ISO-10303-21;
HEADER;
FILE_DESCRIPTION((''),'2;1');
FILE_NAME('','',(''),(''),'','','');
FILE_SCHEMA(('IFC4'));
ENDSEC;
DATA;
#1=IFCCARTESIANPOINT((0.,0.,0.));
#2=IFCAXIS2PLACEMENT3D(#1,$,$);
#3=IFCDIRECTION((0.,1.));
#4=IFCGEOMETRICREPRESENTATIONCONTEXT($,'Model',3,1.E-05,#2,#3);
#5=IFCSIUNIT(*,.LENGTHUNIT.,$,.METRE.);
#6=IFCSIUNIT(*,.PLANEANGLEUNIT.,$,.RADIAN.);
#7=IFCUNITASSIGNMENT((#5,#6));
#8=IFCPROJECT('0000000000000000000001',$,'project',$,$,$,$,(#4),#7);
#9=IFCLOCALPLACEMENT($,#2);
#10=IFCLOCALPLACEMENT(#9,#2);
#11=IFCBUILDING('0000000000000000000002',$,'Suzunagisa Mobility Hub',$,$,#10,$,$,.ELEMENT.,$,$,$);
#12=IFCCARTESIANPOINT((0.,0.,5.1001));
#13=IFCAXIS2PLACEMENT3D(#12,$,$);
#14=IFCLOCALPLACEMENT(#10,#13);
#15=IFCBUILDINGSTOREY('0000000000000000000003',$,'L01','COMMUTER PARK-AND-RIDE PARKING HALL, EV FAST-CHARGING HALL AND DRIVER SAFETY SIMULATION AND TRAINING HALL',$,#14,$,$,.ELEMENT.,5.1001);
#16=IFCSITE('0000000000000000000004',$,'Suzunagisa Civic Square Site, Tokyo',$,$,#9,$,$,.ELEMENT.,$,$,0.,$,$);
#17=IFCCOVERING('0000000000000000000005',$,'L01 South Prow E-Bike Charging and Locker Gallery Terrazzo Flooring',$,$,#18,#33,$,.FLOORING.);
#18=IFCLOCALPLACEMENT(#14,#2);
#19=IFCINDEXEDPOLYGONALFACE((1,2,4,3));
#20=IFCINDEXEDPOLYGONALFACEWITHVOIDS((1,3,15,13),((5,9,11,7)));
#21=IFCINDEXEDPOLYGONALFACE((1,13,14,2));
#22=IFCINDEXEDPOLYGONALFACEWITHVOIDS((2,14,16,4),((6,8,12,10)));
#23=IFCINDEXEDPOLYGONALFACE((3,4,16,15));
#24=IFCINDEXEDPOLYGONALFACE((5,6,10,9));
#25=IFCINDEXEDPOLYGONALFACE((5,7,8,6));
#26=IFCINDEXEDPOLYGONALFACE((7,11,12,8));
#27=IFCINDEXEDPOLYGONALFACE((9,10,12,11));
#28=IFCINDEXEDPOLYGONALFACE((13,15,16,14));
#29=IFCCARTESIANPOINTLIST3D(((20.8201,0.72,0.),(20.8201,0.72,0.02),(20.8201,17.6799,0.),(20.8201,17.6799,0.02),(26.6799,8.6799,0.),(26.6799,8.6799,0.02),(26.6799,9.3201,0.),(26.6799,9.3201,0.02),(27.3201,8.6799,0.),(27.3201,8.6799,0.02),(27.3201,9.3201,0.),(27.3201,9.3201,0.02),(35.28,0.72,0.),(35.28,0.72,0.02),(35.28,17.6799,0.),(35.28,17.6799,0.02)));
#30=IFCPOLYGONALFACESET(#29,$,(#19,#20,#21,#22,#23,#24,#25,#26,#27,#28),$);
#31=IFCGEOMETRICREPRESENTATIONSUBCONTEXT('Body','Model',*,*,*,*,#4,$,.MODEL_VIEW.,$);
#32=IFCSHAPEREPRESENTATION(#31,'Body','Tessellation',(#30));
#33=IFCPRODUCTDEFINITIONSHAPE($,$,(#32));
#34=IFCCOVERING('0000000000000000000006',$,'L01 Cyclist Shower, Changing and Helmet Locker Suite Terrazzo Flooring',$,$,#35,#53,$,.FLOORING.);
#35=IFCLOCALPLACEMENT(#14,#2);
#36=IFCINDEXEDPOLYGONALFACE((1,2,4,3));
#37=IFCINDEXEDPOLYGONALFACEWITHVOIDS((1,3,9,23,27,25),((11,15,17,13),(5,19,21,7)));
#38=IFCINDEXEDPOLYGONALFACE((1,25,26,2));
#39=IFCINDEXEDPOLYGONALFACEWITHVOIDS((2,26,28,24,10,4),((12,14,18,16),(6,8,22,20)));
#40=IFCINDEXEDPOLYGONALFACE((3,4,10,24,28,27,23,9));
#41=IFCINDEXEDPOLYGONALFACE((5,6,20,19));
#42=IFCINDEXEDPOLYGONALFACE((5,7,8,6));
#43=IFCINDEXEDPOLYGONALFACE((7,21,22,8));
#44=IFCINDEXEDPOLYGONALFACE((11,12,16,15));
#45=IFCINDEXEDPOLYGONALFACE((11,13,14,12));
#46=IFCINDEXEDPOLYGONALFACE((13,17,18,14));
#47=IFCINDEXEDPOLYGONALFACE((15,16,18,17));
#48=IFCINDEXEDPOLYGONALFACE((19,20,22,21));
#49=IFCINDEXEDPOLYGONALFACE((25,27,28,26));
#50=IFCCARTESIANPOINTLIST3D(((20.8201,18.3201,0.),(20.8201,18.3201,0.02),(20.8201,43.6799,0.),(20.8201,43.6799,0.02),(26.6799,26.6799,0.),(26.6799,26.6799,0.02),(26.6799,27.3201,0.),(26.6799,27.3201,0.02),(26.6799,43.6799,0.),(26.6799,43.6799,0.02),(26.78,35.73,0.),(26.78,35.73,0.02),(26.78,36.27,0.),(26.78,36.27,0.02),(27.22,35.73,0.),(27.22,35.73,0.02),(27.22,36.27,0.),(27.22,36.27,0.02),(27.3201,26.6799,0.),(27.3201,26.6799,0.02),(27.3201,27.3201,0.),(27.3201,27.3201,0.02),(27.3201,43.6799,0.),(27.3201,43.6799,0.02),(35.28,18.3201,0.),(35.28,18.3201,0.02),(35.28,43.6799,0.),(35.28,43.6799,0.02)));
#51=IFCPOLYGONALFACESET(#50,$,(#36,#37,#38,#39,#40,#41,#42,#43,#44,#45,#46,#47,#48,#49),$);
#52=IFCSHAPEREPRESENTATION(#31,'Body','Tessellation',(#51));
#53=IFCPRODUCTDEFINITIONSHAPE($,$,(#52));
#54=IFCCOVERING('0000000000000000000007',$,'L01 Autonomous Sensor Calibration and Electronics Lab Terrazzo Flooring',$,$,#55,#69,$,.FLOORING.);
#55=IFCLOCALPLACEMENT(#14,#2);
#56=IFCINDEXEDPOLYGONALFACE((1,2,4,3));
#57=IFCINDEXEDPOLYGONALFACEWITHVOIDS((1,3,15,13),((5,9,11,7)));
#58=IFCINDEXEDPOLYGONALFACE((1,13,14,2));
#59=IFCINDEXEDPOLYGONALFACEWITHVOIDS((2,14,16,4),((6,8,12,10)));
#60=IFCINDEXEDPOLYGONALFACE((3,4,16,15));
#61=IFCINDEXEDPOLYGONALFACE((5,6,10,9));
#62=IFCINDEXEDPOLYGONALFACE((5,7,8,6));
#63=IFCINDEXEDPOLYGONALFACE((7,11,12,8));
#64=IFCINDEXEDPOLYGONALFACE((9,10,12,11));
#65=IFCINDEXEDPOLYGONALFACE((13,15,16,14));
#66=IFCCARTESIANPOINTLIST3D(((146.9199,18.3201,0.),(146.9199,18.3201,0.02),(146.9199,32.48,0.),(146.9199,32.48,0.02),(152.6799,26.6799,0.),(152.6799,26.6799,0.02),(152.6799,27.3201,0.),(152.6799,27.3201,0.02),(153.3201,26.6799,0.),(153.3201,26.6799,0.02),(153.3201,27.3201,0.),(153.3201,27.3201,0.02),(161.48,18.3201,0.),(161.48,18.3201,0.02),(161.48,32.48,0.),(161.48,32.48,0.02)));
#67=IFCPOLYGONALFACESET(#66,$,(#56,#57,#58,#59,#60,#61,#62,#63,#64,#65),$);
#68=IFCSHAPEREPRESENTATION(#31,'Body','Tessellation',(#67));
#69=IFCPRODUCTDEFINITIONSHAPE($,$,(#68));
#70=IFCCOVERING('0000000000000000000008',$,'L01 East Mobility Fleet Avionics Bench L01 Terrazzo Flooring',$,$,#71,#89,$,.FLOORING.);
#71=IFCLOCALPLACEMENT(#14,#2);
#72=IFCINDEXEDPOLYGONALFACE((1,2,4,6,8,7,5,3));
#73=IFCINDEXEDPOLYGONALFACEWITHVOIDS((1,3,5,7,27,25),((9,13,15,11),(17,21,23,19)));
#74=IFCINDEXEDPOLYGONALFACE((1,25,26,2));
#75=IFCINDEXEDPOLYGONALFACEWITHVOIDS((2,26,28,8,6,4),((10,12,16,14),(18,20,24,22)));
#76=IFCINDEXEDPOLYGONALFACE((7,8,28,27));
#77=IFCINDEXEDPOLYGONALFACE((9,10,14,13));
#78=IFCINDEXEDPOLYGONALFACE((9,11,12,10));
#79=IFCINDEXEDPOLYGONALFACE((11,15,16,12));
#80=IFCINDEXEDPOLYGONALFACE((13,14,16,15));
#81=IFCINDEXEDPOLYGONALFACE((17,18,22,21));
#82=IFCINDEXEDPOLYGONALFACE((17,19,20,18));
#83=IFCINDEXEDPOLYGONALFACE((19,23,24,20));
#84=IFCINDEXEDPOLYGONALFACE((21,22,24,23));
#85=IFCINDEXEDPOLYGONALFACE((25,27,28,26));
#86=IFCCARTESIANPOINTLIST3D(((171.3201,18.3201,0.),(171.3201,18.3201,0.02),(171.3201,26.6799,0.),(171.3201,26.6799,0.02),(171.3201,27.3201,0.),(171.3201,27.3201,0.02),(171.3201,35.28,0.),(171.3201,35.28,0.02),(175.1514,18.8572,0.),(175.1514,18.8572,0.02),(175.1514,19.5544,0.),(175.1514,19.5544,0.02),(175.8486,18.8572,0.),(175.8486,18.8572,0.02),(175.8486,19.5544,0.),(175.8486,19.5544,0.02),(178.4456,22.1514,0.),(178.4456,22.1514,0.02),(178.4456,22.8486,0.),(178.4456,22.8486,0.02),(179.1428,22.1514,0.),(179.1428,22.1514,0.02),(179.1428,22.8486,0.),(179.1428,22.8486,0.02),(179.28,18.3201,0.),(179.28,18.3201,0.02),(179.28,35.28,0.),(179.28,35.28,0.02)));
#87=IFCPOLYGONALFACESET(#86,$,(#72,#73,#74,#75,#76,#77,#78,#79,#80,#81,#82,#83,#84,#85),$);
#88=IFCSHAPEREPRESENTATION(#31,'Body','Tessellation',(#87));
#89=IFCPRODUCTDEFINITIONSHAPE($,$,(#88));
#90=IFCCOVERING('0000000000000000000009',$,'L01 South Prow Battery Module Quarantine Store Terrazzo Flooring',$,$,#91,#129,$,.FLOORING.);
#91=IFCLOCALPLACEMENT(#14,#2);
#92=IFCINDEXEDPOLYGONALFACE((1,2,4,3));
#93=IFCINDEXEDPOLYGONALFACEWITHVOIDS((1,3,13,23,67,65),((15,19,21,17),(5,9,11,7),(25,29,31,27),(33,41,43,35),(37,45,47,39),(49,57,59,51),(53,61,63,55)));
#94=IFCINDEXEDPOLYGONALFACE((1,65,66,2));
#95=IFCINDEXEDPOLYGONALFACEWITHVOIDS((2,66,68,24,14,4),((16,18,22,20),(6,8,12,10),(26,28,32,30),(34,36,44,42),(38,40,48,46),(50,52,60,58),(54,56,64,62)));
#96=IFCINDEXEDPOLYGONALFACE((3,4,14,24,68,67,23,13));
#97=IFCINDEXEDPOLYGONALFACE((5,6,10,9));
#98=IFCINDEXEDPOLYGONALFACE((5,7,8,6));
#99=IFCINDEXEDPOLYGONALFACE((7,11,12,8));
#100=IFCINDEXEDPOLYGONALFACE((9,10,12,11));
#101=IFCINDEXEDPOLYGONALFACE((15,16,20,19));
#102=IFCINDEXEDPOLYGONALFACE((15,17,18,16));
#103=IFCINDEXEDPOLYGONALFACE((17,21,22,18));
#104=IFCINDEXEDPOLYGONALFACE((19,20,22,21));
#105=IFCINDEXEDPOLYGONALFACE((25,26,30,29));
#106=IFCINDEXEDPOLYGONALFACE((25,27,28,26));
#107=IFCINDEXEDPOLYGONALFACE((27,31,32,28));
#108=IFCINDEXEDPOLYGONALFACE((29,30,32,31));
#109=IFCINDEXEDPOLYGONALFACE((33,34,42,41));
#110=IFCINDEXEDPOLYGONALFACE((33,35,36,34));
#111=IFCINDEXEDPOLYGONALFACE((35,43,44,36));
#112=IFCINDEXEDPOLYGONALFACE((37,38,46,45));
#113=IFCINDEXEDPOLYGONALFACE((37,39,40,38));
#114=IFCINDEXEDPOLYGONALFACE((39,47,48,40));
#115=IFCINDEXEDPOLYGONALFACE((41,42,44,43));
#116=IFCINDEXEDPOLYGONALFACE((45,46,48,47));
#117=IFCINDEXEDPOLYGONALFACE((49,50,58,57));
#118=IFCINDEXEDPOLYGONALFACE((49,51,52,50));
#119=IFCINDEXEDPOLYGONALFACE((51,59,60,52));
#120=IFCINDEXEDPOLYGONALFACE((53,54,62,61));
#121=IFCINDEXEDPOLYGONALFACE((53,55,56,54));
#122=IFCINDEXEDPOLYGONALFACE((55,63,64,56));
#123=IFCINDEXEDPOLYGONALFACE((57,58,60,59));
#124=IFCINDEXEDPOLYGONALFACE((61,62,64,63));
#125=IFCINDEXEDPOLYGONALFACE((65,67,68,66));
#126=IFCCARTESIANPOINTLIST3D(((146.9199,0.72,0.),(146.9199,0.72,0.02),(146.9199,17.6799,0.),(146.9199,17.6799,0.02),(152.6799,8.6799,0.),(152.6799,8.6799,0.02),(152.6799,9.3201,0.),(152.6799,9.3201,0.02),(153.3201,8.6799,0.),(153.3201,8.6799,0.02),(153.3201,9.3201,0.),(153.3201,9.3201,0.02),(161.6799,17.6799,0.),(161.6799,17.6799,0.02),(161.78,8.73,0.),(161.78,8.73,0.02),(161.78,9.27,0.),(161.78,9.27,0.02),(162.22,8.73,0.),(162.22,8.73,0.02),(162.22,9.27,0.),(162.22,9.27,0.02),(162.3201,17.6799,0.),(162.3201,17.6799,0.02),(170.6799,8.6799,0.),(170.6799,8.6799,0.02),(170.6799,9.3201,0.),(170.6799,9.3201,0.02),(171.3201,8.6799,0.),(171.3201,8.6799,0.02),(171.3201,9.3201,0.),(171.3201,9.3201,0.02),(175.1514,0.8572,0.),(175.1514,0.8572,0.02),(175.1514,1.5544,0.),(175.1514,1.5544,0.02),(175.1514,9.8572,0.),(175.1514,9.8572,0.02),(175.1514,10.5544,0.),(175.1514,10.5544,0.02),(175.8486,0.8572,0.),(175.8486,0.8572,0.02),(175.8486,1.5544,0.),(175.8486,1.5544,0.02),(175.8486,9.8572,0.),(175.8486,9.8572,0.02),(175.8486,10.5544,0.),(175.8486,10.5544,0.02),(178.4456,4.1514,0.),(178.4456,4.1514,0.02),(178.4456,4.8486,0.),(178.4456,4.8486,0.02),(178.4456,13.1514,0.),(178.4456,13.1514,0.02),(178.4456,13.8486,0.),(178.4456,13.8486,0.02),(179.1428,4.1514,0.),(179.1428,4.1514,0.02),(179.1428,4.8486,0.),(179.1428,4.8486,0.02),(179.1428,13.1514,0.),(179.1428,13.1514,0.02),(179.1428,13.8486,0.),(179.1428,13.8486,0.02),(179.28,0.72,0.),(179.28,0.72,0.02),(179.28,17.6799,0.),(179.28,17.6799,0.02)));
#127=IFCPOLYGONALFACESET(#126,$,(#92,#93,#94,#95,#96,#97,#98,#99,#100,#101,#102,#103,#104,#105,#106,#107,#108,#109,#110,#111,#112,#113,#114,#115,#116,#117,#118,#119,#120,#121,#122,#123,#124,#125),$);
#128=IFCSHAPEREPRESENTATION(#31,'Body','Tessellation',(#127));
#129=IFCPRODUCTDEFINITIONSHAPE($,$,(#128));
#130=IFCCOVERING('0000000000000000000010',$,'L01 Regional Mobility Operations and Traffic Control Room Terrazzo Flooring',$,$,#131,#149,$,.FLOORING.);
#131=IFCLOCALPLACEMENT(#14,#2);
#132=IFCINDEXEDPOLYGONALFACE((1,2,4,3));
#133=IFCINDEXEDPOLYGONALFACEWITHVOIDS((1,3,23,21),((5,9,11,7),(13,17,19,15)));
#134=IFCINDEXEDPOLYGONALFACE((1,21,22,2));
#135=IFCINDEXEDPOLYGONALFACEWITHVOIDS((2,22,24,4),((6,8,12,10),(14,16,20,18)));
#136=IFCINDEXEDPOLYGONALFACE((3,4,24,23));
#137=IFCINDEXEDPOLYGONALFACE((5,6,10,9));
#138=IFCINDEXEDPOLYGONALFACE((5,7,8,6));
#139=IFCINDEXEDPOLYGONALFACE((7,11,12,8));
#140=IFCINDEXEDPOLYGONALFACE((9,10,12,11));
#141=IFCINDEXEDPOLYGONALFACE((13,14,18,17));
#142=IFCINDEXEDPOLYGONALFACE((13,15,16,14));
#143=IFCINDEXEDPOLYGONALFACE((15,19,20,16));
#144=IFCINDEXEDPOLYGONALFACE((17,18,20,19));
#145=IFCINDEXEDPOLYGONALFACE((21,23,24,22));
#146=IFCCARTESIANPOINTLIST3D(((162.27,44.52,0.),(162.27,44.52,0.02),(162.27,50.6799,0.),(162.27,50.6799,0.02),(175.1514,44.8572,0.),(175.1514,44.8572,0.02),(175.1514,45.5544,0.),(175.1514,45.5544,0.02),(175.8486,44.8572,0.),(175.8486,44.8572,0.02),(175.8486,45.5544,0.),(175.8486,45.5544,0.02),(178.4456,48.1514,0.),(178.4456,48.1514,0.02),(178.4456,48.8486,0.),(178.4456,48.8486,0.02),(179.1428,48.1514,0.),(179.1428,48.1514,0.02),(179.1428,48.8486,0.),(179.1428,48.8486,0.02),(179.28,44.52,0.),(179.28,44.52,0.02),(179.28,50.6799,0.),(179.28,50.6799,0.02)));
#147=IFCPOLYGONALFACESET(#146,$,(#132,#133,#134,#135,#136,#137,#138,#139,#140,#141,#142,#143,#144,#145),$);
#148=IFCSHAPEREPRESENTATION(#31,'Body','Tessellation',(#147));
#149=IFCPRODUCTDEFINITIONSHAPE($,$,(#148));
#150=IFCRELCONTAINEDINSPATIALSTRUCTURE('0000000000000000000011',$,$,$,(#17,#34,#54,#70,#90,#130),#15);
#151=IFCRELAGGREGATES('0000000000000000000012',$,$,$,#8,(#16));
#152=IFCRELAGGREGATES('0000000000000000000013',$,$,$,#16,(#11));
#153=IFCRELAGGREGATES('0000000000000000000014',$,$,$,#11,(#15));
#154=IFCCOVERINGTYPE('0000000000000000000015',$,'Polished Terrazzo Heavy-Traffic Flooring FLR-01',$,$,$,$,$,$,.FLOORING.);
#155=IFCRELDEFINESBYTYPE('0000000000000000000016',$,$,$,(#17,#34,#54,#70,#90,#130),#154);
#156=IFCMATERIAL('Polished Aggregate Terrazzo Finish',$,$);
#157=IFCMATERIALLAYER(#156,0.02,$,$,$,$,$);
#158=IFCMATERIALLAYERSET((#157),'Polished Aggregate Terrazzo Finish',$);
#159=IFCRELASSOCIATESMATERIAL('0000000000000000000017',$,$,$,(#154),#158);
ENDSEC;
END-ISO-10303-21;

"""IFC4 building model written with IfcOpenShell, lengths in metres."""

from ifc_helpers import new_model, si_unit, direction, frame, origin, place, context, subcontext, project, spatial, polyline, outline, extrude, material, layer, layer_set, type_object, element, save


model = new_model("IFC4")

# Units and contexts
model_context = context("Model", 3, precision=1e-05, world=origin(), true_north=direction((0.0, 1.0)))
body_context = subcontext(model_context, "Body", "Model", "MODEL_VIEW")
ifc_project = project(units=[si_unit("LENGTHUNIT", "METRE"), si_unit("PLANEANGLEUNIT", "RADIAN")], contexts=[model_context])

# Site, building, storey
site_placement = place(None, origin())
site = spatial("IfcSite", under=ifc_project, at=site_placement, Name="Suzunagisa Civic Square Site, Tokyo", CompositionType="ELEMENT", RefElevation=0.0)
building_placement = place(site_placement, origin())
building = spatial("IfcBuilding", under=site, at=building_placement, Name="Suzunagisa Mobility Hub", CompositionType="ELEMENT")
storey_placement = place(building_placement, frame((0.0, 0.0, 5.1001)))
storey = spatial("IfcBuildingStorey", under=building, at=storey_placement, Name="L01", Description="COMMUTER PARK-AND-RIDE PARKING HALL, EV FAST-CHARGING HALL AND DRIVER SAFETY SIMULATION AND TRAINING HALL", CompositionType="ELEMENT", Elevation=5.1001)

# Coverings
ifc_material_1 = material(Name="Polished Aggregate Terrazzo Finish")
ifc_layer_1 = layer(ifc_material_1, 0.02)
ifc_layer_set_1 = layer_set([ifc_layer_1], Name="Polished Aggregate Terrazzo Finish")
covering_type = type_object("IfcCoveringType", Name="Polished Terrazzo Heavy-Traffic Flooring FLR-01", PredefinedType="FLOORING", material=ifc_layer_set_1)
covering_1_placement = place(storey_placement, origin())
element("IfcCovering", 1, at=covering_1_placement, inside=storey, type_object=covering_type, Name="L01 South Prow E-Bike Charging and Locker Gallery Terrazzo Flooring", PredefinedType="FLOORING", context=body_context, shape_type="SweptSolid", body=[
    extrude(outline(polyline([(20.8201, 17.6799), (35.28, 17.6799), (35.28, 0.72), (20.8201, 0.72), (20.8201, 17.6799)]), holes=[polyline([(27.3201, 9.3201), (26.6799, 9.3201), (26.6799, 8.6799), (27.3201, 8.6799), (27.3201, 9.3201)])]), origin(), (0.0, 0.0, 1.0), 0.02),
])
covering_2_placement = place(storey_placement, origin())
element("IfcCovering", 2, at=covering_2_placement, inside=storey, type_object=covering_type, Name="L01 Cyclist Shower, Changing and Helmet Locker Suite Terrazzo Flooring", PredefinedType="FLOORING", context=body_context, shape_type="SweptSolid", body=[
    extrude(outline(polyline([(35.28, 18.3201), (20.8201, 18.3201), (20.8201, 43.6799), (26.6799, 43.6799), (27.3201, 43.6799), (35.28, 43.6799), (35.28, 18.3201)]), holes=[polyline([(26.6799, 27.3201), (26.6799, 26.6799), (27.3201, 26.6799), (27.3201, 27.3201), (26.6799, 27.3201)]), polyline([(27.22, 36.27), (26.78, 36.27), (26.78, 35.73), (27.22, 35.73), (27.22, 36.27)])]), origin(), (0.0, 0.0, 1.0), 0.02),
])
covering_3_placement = place(storey_placement, origin())
element("IfcCovering", 3, at=covering_3_placement, inside=storey, type_object=covering_type, Name="L01 Autonomous Sensor Calibration and Electronics Lab Terrazzo Flooring", PredefinedType="FLOORING", context=body_context, shape_type="SweptSolid", body=[
    extrude(outline(polyline([(161.48, 32.48), (161.48, 18.3201), (146.9199, 18.3201), (146.9199, 32.48), (161.48, 32.48)]), holes=[polyline([(153.3201, 27.3201), (152.6799, 27.3201), (152.6799, 26.6799), (153.3201, 26.6799), (153.3201, 27.3201)])]), origin(), (0.0, 0.0, 1.0), 0.02),
])
covering_4_placement = place(storey_placement, origin())
element("IfcCovering", 4, at=covering_4_placement, inside=storey, type_object=covering_type, Name="L01 East Mobility Fleet Avionics Bench L01 Terrazzo Flooring", PredefinedType="FLOORING", context=body_context, shape_type="SweptSolid", body=[
    extrude(outline(polyline([(171.3201, 35.28), (179.28, 35.28), (179.28, 18.3201), (171.3201, 18.3201), (171.3201, 26.6799), (171.3201, 27.3201), (171.3201, 35.28)]), holes=[polyline([(175.8486, 19.5544), (175.1514, 19.5544), (175.1514, 18.8572), (175.8486, 18.8572), (175.8486, 19.5544)]), polyline([(179.1428, 22.1514), (179.1428, 22.8486), (178.4456, 22.8486), (178.4456, 22.1514), (179.1428, 22.1514)])]), origin(), (0.0, 0.0, 1.0), 0.02),
])
covering_5_placement = place(storey_placement, origin())
element("IfcCovering", 5, at=covering_5_placement, inside=storey, type_object=covering_type, Name="L01 South Prow Battery Module Quarantine Store Terrazzo Flooring", PredefinedType="FLOORING", context=body_context, shape_type="SweptSolid", body=[
    extrude(outline(polyline([(179.28, 0.72), (146.9199, 0.72), (146.9199, 17.6799), (161.6799, 17.6799), (162.3201, 17.6799), (179.28, 17.6799), (179.28, 0.72)]), holes=[polyline([(153.3201, 9.3201), (152.6799, 9.3201), (152.6799, 8.6799), (153.3201, 8.6799), (153.3201, 9.3201)]), polyline([(161.78, 8.73), (162.22, 8.73), (162.22, 9.27), (161.78, 9.27), (161.78, 8.73)]), polyline([(171.3201, 9.3201), (170.6799, 9.3201), (170.6799, 8.6799), (171.3201, 8.6799), (171.3201, 9.3201)]), polyline([(175.1514, 0.8572), (175.8486, 0.8572), (175.8486, 1.5544), (175.1514, 1.5544), (175.1514, 0.8572)]), polyline([(175.1514, 10.5544), (175.1514, 9.8572), (175.8486, 9.8572), (175.8486, 10.5544), (175.1514, 10.5544)]), polyline([(179.1428, 4.8486), (178.4456, 4.8486), (178.4456, 4.1514), (179.1428, 4.1514), (179.1428, 4.8486)]), polyline([(179.1428, 13.1514), (179.1428, 13.8486), (178.4456, 13.8486), (178.4456, 13.1514), (179.1428, 13.1514)])]), origin(), (0.0, 0.0, 1.0), 0.02),
])
covering_6_placement = place(storey_placement, origin())
element("IfcCovering", 6, at=covering_6_placement, inside=storey, type_object=covering_type, Name="L01 Regional Mobility Operations and Traffic Control Room Terrazzo Flooring", PredefinedType="FLOORING", context=body_context, shape_type="SweptSolid", body=[
    extrude(outline(polyline([(179.28, 44.52), (162.27, 44.52), (162.27, 50.6799), (179.28, 50.6799), (179.28, 44.52)]), holes=[polyline([(175.8486, 45.5544), (175.1514, 45.5544), (175.1514, 44.8572), (175.8486, 44.8572), (175.8486, 45.5544)]), polyline([(179.1428, 48.1514), (179.1428, 48.8486), (178.4456, 48.8486), (178.4456, 48.1514), (179.1428, 48.1514)])]), origin(), (0.0, 0.0, 1.0), 0.02),
])

save(model, "model.ifc")
